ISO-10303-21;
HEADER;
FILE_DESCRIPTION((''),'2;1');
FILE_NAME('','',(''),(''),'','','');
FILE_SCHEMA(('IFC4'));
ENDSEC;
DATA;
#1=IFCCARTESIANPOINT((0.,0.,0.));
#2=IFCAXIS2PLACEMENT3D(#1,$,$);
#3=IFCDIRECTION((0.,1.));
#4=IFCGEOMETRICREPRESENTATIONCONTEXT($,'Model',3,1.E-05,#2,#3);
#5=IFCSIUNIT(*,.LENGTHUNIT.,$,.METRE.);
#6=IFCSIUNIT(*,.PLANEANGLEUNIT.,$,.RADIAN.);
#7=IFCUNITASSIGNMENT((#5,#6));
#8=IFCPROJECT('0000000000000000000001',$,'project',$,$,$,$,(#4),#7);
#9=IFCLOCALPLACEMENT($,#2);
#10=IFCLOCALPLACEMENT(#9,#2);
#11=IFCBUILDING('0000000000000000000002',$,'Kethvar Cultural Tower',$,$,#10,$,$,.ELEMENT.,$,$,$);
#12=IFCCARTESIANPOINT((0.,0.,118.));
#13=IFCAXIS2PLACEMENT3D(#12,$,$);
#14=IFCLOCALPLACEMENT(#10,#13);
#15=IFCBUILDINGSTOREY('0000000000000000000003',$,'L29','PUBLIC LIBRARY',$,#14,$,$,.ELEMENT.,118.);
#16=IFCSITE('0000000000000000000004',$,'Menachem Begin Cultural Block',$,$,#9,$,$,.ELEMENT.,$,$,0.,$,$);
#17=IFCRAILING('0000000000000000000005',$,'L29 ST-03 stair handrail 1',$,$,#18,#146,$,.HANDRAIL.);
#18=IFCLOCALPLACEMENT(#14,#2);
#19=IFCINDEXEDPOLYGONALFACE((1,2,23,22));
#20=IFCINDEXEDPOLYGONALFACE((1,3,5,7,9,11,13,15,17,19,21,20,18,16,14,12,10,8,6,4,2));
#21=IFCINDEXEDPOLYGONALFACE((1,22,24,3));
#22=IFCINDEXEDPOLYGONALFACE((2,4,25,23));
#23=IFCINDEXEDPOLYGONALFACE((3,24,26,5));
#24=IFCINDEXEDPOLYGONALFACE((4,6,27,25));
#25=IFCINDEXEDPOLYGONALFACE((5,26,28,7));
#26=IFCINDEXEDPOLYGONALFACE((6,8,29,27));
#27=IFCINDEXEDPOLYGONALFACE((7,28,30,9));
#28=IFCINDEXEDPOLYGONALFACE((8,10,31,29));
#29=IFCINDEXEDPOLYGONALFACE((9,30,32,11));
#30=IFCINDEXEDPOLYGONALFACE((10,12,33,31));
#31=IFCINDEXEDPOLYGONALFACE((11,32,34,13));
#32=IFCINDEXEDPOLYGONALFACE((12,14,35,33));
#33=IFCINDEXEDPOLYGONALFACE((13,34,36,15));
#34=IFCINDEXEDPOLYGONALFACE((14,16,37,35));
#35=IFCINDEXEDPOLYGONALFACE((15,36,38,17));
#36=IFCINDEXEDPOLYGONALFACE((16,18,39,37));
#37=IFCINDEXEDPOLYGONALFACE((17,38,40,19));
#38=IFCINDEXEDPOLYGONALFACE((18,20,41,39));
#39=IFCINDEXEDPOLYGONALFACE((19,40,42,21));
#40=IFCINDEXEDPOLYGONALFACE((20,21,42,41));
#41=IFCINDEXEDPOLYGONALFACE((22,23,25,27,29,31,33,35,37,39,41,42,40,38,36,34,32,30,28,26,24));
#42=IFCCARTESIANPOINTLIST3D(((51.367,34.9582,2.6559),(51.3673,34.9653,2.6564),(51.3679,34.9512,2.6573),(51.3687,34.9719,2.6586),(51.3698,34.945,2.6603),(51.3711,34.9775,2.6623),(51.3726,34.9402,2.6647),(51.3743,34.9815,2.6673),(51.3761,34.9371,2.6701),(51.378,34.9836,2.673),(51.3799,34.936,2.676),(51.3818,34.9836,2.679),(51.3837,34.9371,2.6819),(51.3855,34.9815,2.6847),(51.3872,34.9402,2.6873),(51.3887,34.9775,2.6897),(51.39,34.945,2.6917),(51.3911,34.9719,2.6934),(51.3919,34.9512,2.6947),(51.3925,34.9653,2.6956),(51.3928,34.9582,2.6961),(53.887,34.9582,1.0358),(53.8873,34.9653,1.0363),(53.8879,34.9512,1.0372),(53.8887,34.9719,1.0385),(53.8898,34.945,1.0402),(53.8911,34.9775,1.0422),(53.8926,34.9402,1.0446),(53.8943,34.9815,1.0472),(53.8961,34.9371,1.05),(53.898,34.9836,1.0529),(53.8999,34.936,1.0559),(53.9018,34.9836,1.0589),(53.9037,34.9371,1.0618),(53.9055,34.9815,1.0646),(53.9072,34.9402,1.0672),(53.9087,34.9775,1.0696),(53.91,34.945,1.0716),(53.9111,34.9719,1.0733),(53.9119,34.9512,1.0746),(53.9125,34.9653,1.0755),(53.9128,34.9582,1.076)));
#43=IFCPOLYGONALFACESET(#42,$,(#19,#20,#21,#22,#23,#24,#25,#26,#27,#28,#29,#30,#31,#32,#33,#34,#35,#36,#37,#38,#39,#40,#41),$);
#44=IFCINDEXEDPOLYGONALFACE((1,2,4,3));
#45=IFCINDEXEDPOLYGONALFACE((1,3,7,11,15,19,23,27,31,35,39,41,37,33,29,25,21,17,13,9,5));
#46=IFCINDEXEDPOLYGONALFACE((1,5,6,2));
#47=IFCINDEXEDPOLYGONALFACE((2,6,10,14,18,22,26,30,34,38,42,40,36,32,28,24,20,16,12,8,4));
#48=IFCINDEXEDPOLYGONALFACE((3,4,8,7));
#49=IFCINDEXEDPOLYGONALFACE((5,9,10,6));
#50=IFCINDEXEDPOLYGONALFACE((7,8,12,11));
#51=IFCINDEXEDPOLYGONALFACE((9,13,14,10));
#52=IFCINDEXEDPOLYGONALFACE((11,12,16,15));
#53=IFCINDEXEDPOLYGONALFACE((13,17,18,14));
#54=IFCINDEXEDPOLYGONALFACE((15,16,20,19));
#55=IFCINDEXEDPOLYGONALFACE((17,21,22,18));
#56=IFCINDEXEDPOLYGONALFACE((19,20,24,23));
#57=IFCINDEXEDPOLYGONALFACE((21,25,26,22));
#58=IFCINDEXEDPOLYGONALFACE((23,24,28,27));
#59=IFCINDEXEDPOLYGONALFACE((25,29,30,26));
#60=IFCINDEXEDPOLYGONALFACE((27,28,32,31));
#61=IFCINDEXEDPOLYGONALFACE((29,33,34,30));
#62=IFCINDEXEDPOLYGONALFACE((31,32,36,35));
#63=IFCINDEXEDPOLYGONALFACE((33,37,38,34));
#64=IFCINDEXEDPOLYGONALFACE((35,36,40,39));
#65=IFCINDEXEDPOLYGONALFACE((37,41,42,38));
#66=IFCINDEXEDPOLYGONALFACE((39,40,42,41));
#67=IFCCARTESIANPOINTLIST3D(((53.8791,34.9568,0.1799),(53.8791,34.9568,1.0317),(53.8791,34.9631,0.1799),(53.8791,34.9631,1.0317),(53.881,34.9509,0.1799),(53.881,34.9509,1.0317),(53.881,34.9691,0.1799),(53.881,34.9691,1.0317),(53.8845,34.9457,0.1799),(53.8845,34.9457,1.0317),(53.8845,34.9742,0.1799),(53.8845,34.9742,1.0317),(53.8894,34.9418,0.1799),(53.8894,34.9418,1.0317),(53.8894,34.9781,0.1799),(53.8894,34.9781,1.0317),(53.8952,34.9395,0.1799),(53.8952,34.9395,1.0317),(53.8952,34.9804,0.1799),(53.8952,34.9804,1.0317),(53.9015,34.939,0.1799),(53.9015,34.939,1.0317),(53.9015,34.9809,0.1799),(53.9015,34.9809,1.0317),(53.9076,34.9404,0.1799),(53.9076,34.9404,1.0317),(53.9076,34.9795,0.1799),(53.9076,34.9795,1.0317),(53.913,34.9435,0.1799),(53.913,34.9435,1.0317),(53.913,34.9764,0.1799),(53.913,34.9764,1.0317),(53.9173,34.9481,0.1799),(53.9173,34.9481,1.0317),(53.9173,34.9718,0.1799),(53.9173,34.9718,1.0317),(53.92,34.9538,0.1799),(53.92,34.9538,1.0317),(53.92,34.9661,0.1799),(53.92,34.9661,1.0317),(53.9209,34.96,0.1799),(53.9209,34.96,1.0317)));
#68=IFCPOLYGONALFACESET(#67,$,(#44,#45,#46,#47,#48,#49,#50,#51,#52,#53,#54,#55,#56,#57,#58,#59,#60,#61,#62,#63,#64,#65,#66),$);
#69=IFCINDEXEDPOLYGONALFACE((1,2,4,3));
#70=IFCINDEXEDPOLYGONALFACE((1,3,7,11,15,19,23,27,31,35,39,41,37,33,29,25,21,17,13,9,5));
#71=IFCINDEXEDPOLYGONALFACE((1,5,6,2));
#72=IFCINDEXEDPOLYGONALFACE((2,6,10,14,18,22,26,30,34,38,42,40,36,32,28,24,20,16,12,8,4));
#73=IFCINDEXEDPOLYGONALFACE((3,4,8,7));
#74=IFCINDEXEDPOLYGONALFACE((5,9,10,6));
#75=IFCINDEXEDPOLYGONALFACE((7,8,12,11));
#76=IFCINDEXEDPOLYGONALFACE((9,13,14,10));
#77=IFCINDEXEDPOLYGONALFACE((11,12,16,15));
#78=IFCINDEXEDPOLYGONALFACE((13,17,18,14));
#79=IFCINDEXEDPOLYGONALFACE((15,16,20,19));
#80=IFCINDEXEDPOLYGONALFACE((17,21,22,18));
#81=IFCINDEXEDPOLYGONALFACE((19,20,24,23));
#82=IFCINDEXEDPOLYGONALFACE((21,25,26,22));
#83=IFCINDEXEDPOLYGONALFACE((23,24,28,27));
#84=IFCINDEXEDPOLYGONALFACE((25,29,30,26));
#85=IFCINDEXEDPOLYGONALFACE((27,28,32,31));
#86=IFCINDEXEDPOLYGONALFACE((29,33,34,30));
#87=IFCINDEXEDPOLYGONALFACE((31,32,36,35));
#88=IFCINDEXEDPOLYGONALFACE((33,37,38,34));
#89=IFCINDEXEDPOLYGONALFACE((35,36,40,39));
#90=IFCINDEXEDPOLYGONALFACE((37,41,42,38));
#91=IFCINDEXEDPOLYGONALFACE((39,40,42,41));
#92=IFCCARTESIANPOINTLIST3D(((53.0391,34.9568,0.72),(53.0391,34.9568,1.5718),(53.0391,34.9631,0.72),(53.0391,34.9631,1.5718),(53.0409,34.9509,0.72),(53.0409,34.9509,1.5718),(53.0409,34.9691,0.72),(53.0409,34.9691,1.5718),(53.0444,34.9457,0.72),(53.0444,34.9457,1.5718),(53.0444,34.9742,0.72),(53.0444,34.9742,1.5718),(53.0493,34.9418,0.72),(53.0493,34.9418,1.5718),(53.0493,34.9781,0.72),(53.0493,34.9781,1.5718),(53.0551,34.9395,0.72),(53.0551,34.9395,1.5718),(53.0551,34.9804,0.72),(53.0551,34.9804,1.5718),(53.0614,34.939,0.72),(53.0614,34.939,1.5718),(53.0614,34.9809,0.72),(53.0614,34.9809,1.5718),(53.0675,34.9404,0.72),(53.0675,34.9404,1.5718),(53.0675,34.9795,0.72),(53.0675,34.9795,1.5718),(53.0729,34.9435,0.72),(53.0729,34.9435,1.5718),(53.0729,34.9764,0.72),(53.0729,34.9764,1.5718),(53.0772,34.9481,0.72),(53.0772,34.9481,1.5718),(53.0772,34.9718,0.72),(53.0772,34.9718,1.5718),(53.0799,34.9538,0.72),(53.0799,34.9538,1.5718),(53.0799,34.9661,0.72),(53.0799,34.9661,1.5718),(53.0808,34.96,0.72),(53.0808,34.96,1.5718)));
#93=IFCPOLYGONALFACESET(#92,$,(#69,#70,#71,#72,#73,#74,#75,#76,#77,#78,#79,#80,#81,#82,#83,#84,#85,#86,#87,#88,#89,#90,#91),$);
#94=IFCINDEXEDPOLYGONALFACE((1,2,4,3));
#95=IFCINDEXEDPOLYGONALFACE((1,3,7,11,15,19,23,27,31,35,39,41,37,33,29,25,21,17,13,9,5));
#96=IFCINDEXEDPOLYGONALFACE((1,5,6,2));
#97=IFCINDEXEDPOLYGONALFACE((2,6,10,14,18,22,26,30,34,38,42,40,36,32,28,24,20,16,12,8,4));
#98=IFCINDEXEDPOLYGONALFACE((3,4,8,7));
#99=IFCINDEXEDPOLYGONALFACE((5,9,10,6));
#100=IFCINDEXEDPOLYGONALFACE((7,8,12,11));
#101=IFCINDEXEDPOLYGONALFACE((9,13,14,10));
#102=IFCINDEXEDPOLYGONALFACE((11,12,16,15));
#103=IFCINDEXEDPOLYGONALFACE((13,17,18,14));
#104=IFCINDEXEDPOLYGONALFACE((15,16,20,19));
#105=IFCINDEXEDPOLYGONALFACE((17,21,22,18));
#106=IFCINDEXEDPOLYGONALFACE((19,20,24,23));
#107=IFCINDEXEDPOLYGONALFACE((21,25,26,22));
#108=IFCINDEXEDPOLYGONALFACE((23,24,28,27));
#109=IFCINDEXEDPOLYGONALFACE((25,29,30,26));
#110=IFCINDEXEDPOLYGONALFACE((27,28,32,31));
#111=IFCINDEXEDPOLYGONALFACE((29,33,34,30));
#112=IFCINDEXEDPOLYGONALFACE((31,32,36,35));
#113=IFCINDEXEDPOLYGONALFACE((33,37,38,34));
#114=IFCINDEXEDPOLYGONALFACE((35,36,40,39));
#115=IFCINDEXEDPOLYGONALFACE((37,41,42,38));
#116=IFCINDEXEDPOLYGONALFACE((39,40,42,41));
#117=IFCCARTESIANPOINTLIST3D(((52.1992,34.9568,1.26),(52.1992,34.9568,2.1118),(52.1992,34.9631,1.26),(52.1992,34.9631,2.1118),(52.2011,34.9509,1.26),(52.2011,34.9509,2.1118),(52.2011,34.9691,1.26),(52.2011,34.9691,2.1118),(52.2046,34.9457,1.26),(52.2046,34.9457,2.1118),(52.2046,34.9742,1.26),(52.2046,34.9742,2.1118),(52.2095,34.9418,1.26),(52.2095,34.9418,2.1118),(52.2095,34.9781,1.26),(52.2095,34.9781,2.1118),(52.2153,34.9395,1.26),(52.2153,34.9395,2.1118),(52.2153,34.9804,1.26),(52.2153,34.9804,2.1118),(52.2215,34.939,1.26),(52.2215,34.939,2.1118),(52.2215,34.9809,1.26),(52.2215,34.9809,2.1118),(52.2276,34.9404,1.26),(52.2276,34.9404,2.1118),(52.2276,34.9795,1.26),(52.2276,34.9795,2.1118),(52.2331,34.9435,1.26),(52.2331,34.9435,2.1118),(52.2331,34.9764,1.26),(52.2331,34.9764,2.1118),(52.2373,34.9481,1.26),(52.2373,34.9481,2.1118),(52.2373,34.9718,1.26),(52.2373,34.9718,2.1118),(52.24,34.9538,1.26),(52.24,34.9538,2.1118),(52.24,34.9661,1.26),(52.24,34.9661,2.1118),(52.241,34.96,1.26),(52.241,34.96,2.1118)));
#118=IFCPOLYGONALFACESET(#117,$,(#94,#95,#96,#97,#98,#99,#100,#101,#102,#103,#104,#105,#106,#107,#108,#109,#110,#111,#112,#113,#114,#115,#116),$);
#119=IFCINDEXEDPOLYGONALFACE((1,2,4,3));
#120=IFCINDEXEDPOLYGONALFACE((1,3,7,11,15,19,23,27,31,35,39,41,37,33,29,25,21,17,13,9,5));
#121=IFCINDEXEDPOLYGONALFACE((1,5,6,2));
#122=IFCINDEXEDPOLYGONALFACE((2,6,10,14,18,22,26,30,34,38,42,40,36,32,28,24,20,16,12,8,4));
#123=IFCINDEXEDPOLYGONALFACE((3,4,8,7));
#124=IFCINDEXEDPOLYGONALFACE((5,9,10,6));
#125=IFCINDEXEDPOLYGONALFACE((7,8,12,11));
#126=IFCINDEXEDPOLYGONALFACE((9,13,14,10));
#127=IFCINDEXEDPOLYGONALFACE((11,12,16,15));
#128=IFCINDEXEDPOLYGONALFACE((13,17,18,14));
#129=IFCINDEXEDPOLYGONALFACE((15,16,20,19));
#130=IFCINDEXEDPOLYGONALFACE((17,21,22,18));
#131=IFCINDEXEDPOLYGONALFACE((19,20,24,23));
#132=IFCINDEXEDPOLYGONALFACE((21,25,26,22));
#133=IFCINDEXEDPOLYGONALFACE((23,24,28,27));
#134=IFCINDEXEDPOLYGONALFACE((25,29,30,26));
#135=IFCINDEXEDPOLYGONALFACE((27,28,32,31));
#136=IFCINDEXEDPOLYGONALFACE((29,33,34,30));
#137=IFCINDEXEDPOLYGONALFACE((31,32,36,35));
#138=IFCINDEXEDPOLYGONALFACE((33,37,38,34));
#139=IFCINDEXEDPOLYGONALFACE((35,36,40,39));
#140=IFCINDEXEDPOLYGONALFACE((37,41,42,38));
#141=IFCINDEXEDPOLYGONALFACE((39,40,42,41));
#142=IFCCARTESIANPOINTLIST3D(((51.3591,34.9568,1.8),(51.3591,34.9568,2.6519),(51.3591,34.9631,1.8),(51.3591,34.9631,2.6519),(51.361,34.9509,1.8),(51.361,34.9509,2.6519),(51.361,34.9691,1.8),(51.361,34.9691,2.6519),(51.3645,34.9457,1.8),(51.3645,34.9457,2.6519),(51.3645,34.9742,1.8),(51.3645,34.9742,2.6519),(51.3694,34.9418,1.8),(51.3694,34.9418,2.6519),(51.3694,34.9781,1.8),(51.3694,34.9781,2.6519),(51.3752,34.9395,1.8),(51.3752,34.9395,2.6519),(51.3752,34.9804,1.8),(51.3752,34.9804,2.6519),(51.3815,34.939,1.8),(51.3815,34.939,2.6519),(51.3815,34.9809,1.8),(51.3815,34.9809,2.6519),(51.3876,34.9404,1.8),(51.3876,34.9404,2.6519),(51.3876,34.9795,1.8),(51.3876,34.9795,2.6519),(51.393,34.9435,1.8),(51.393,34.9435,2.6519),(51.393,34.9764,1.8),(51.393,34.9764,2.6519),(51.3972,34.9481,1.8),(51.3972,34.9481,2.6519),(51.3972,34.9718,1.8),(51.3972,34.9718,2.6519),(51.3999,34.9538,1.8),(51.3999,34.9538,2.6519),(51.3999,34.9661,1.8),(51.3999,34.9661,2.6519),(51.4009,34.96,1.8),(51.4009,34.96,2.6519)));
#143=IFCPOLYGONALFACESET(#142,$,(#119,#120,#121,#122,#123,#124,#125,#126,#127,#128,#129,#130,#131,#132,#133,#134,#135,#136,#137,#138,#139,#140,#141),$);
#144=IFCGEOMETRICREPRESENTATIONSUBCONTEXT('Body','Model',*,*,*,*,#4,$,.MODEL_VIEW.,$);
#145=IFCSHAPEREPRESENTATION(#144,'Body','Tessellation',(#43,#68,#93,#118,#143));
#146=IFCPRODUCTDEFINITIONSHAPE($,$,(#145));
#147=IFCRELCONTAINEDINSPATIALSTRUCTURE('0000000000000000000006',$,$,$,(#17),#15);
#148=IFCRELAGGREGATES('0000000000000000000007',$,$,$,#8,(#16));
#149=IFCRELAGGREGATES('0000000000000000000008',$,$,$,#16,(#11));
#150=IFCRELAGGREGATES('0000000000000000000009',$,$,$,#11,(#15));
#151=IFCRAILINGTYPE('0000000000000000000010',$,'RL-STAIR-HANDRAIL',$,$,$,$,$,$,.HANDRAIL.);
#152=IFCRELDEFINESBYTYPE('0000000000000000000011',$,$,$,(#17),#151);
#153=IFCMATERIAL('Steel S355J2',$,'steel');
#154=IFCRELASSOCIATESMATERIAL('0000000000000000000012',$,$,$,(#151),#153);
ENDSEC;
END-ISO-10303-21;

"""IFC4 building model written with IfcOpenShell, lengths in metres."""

from ifc_helpers import new_model, si_unit, direction, frame, origin, origin_2d, place, context, subcontext, project, spatial, circle, extrude, material, type_object, element, save


model = new_model("IFC4")

# Units and contexts
model_context = context("Model", 3, precision=1e-05, world=origin(), true_north=direction((0.0, 1.0)))
body_context = subcontext(model_context, "Body", "Model", "MODEL_VIEW")
ifc_project = project(units=[si_unit("LENGTHUNIT", "METRE"), si_unit("PLANEANGLEUNIT", "RADIAN")], contexts=[model_context])

# Site, building, storey
site_placement = place(None, origin())
site = spatial("IfcSite", under=ifc_project, at=site_placement, Name="Menachem Begin Cultural Block", CompositionType="ELEMENT", RefElevation=0.0)
building_placement = place(site_placement, origin())
building = spatial("IfcBuilding", under=site, at=building_placement, Name="Kethvar Cultural Tower", CompositionType="ELEMENT")
storey_placement = place(building_placement, frame((0.0, 0.0, 118.0)))
storey = spatial("IfcBuildingStorey", under=building, at=storey_placement, Name="L29", Description="PUBLIC LIBRARY", CompositionType="ELEMENT", Elevation=118.0)

# Shared definitions
ifc_material_1 = material(Name="Steel S355J2", Category="steel")

# Railing
railing_type_1 = type_object("IfcRailingType", Name="RL-STAIR-HANDRAIL", PredefinedType="HANDRAIL", material=ifc_material_1)
railing_1_placement = place(storey_placement, frame((53.8999, 34.96, 0.1799)))
element("IfcRailing", 1, at=railing_1_placement, inside=storey, type_object=railing_type_1, Name="L29 ST-03 stair handrail 1", PredefinedType="HANDRAIL", context=body_context, shape_type="SweptSolid", body=[
    extrude(circle(Radius=0.0239, at=origin_2d()), frame((0.0, 0.0, 0.876), z_axis=(-0.841163, 0.0, 0.540782), x_axis=(0.0, -1.0, 0.0)), (0.0, 0.0, 1.0), 2.9958),
    extrude(circle(Radius=0.021, at=origin_2d()), origin(), (0.0, 0.0, 1.0), 0.8518),
    extrude(circle(Radius=0.021, at=origin_2d()), frame((-0.8401, 0.0, 0.54)), (0.0, 0.0, 1.0), 0.8518),
    extrude(circle(Radius=0.021, at=origin_2d()), frame((-1.6799, 0.0, 1.0801)), (0.0, 0.0, 1.0), 0.8518),
    extrude(circle(Radius=0.021, at=origin_2d()), frame((-2.52, 0.0, 1.6201)), (0.0, 0.0, 1.0), 0.8518),
])

save(model, "model.ifc")
